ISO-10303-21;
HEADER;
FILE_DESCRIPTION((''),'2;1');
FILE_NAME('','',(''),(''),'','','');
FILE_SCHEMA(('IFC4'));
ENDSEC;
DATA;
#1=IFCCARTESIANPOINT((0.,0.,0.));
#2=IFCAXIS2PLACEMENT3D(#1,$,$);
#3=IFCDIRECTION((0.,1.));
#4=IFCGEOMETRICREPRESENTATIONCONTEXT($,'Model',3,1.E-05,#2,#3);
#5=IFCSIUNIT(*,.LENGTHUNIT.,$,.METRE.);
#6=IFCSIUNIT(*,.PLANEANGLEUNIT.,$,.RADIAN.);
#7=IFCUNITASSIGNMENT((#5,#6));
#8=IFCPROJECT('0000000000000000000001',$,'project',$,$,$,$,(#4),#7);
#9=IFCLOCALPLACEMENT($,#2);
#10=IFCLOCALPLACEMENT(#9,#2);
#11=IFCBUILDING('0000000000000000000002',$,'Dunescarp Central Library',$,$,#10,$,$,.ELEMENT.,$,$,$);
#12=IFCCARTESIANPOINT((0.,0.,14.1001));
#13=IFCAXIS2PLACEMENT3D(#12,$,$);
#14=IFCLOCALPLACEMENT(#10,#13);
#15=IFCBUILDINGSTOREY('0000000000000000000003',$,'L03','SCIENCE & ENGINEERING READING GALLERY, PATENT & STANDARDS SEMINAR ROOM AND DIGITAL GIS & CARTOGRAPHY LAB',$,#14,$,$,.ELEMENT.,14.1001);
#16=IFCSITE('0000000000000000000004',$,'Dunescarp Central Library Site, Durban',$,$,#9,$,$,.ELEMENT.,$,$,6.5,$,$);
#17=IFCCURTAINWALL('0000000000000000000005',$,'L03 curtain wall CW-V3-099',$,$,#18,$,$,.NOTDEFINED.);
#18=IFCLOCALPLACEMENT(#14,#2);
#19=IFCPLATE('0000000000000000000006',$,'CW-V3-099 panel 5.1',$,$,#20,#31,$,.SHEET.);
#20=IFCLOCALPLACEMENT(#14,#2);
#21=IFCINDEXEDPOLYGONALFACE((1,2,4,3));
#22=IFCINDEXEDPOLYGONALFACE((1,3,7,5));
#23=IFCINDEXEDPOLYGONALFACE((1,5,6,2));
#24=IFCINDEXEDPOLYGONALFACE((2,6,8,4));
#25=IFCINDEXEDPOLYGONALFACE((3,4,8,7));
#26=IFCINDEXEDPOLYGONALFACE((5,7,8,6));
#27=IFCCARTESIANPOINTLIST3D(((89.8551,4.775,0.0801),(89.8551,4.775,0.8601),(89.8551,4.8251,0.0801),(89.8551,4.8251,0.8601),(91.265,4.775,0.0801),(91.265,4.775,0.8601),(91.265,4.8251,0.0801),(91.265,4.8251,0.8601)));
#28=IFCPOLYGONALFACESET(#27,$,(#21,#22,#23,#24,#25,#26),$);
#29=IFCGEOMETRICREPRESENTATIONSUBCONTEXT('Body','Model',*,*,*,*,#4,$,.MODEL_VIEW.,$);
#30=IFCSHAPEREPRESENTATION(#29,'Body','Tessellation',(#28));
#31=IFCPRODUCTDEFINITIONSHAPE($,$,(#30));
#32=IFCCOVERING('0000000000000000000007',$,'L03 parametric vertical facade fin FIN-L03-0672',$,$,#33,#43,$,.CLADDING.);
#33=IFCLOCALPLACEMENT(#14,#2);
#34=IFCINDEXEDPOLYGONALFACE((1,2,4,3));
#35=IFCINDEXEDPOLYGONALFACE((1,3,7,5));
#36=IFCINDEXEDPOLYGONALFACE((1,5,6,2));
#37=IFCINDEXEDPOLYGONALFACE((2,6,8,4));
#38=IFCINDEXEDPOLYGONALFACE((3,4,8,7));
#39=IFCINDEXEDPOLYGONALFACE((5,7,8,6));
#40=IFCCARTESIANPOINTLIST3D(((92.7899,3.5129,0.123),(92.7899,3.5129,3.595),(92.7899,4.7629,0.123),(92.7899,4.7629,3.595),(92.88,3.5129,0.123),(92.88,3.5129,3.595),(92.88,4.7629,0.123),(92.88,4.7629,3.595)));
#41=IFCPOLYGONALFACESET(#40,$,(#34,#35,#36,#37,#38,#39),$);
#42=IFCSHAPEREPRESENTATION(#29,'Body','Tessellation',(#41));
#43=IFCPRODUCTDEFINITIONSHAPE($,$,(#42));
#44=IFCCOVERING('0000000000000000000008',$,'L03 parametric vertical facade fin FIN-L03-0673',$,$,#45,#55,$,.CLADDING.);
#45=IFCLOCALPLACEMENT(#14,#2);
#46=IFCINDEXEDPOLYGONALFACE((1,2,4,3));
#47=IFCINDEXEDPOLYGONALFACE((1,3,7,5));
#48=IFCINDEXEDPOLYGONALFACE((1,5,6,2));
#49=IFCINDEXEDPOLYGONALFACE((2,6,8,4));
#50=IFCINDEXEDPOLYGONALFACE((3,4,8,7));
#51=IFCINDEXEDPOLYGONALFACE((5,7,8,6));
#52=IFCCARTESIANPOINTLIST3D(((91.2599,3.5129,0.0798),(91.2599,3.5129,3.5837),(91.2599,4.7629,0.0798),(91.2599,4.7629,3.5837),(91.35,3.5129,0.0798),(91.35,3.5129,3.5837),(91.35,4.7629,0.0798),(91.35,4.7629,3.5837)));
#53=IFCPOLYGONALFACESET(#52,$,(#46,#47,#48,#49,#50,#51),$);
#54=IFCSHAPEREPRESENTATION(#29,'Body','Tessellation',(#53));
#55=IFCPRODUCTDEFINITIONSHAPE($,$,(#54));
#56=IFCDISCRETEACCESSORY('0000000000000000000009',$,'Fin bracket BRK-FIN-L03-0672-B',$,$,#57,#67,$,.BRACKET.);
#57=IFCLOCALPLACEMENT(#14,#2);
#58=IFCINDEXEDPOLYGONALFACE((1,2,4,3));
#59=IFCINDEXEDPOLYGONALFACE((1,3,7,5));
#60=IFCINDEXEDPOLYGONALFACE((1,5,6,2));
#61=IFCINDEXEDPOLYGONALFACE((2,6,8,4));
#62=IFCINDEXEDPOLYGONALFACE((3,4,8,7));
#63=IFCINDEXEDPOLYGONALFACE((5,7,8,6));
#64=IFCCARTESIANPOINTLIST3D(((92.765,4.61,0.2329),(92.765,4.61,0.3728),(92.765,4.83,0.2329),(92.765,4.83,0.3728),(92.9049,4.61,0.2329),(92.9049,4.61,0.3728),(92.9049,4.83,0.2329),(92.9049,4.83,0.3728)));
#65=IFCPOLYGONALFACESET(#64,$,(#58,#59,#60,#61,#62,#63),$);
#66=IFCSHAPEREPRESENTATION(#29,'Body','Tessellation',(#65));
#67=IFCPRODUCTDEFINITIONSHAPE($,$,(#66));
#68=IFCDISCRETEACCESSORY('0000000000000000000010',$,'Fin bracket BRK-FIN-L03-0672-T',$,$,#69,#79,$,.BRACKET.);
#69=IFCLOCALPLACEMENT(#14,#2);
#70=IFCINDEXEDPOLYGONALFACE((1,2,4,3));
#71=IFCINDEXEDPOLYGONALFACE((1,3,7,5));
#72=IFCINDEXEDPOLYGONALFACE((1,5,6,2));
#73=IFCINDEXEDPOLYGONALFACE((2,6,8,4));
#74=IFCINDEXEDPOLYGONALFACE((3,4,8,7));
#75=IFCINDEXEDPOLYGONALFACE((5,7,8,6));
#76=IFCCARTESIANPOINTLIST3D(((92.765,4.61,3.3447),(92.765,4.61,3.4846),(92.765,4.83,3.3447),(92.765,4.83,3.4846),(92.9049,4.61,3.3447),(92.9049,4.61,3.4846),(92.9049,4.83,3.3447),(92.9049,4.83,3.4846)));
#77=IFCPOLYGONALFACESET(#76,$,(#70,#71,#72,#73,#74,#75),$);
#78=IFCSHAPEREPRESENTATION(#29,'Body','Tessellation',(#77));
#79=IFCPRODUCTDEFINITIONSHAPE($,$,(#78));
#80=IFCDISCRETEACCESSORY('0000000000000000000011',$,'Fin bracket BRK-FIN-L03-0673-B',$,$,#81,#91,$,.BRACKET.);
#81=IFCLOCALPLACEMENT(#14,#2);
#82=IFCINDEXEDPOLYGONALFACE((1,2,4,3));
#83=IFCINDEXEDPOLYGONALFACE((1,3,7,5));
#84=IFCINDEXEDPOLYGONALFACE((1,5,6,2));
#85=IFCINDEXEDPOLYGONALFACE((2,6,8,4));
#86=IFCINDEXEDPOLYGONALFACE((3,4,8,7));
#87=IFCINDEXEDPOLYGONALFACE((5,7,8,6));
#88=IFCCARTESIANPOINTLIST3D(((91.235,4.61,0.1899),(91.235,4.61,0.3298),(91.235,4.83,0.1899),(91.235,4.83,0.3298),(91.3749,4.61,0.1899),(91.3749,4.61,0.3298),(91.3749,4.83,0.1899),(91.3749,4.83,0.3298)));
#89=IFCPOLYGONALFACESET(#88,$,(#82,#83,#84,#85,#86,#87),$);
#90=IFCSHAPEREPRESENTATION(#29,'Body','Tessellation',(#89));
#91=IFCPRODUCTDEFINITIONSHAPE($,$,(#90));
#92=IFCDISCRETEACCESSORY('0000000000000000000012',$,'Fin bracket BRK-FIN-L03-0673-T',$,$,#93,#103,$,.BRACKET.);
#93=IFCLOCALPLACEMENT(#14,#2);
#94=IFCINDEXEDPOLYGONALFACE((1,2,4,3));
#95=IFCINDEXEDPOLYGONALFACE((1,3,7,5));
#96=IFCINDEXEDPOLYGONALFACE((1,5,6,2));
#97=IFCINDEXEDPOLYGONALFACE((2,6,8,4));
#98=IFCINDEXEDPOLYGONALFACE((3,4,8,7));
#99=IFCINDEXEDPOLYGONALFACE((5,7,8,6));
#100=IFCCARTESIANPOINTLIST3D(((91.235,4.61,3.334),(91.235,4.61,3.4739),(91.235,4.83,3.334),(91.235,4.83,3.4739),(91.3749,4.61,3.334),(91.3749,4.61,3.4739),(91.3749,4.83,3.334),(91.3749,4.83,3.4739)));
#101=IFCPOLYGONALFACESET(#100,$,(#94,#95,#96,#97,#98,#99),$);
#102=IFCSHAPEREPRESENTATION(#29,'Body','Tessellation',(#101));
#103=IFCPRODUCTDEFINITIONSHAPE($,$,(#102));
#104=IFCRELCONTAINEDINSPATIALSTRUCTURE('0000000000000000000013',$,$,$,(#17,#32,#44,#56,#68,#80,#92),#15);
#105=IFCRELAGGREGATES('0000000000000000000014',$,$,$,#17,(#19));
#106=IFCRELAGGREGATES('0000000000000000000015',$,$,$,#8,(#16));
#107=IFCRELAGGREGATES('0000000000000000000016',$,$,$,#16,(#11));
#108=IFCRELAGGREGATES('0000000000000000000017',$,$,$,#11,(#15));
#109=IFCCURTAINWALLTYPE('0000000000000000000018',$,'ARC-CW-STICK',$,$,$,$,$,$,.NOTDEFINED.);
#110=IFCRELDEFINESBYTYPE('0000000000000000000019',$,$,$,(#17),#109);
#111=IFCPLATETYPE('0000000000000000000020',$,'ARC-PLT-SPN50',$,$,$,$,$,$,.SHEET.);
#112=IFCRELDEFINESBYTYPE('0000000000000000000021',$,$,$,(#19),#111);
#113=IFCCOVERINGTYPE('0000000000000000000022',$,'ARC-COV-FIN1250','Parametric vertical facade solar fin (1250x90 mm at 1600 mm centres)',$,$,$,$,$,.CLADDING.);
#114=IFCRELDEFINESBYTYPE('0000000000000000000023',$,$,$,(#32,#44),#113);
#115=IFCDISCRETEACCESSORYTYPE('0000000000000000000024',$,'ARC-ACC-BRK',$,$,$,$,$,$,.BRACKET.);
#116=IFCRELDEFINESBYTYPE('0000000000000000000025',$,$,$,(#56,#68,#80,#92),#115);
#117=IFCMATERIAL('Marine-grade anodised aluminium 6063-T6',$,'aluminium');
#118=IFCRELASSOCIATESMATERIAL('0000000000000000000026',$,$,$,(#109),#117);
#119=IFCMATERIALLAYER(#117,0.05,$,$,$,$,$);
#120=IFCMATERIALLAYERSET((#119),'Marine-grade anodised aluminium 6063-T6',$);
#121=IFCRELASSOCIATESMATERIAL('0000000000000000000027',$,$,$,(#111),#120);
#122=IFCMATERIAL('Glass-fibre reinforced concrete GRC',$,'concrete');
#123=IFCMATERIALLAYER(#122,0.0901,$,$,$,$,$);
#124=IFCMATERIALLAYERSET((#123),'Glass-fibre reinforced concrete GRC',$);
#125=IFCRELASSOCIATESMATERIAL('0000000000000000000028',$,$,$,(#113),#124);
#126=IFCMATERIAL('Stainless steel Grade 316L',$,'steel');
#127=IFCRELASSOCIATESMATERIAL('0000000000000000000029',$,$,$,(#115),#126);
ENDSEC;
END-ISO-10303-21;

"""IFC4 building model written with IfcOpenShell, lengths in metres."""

from ifc_helpers import new_model, si_unit, direction, frame, origin, origin_2d, place, context, subcontext, project, spatial, rectangle, extrude, material, layer, layer_set, type_object, element, aggregate, save


model = new_model("IFC4")

# Units and contexts
model_context = context("Model", 3, precision=1e-05, world=origin(), true_north=direction((0.0, 1.0)))
body_context = subcontext(model_context, "Body", "Model", "MODEL_VIEW")
ifc_project = project(units=[si_unit("LENGTHUNIT", "METRE"), si_unit("PLANEANGLEUNIT", "RADIAN")], contexts=[model_context])

# Site, building, storey
site_placement = place(None, origin())
site = spatial("IfcSite", under=ifc_project, at=site_placement, Name="Dunescarp Central Library Site, Durban", CompositionType="ELEMENT", RefElevation=6.5)
building_placement = place(site_placement, origin())
building = spatial("IfcBuilding", under=site, at=building_placement, Name="Dunescarp Central Library", CompositionType="ELEMENT")
storey_placement = place(building_placement, frame((0.0, 0.0, 14.1001)))
storey = spatial("IfcBuildingStorey", under=building, at=storey_placement, Name="L03", Description="SCIENCE & ENGINEERING READING GALLERY, PATENT & STANDARDS SEMINAR ROOM AND DIGITAL GIS & CARTOGRAPHY LAB", CompositionType="ELEMENT", Elevation=14.1001)

# Curtain wall, plate
ifc_material_1 = material(Name="Marine-grade anodised aluminium 6063-T6", Category="aluminium")
curtain_wall_type = type_object("IfcCurtainWallType", Name="ARC-CW-STICK", PredefinedType="NOTDEFINED", material=ifc_material_1)
curtain_wall_placement = place(storey_placement, origin())
curtain_wall = element("IfcCurtainWall", 1, at=curtain_wall_placement, inside=storey, type_object=curtain_wall_type, Name="L03 curtain wall CW-V3-099", PredefinedType="NOTDEFINED")
ifc_layer_1 = layer(ifc_material_1, 0.05)
ifc_layer_set_1 = layer_set([ifc_layer_1], Name="Marine-grade anodised aluminium 6063-T6")
plate_type_1 = type_object("IfcPlateType", Name="ARC-PLT-SPN50", PredefinedType="SHEET", material=ifc_layer_set_1)
plate_1_placement = place(storey_placement, frame((90.5601, 4.8, 0.0801), z_axis=(0.0, 0.0, 1.0), x_axis=(-1.0, 0.0, 0.0)))
plate_1 = element("IfcPlate", 2, at=plate_1_placement, type_object=plate_type_1, Name="CW-V3-099 panel 5.1", PredefinedType="SHEET", context=body_context, shape_type="SweptSolid", body=[
    extrude(rectangle(XDim=1.4099, YDim=0.05, at=origin_2d()), origin(), (0.0, 0.0, 1.0), 0.78),
])
aggregate(curtain_wall, [plate_1])

# Coverings
ifc_material_2 = material(Name="Glass-fibre reinforced concrete GRC", Category="concrete")
ifc_layer_2 = layer(ifc_material_2, 0.0901)
ifc_layer_set_2 = layer_set([ifc_layer_2], Name="Glass-fibre reinforced concrete GRC")
covering_type = type_object("IfcCoveringType", Name="ARC-COV-FIN1250", Description="Parametric vertical facade solar fin (1250x90 mm at 1600 mm centres)", PredefinedType="CLADDING", material=ifc_layer_set_2)
covering_1_placement = place(storey_placement, frame((92.835, 4.1379, 0.123), z_axis=(0.0, 0.0, 1.0), x_axis=(0.0, -1.0, 0.0)))
element("IfcCovering", 3, at=covering_1_placement, inside=storey, type_object=covering_type, Name="L03 parametric vertical facade fin FIN-L03-0672", PredefinedType="CLADDING", context=body_context, shape_type="SweptSolid", body=[
    extrude(rectangle(XDim=1.25, YDim=0.0901, at=origin_2d()), origin(), (0.0, 0.0, 1.0), 3.4719),
])
covering_2_placement = place(storey_placement, frame((91.3049, 4.1379, 0.0798), z_axis=(0.0, 0.0, 1.0), x_axis=(0.0, -1.0, 0.0)))
element("IfcCovering", 4, at=covering_2_placement, inside=storey, type_object=covering_type, Name="L03 parametric vertical facade fin FIN-L03-0673", PredefinedType="CLADDING", context=body_context, shape_type="SweptSolid", body=[
    extrude(rectangle(XDim=1.25, YDim=0.0901, at=origin_2d()), origin(), (0.0, 0.0, 1.0), 3.5039),
])

# Discrete accessories
ifc_material_3 = material(Name="Stainless steel Grade 316L", Category="steel")
discrete_accessory_type = type_object("IfcDiscreteAccessoryType", Name="ARC-ACC-BRK", PredefinedType="BRACKET", material=ifc_material_3)
for number, where, z_axis, x_axis, name in (
    (5, (92.835, 4.72, 0.2329), (0.0, 0.0, 1.0), (0.0, -1.0, 0.0), "Fin bracket BRK-FIN-L03-0672-B"),
    (6, (92.835, 4.72, 3.3447), (0.0, 0.0, 1.0), (0.0, -1.0, 0.0), "Fin bracket BRK-FIN-L03-0672-T"),
    (7, (91.3049, 4.72, 0.1899), (0.0, 0.0, 1.0), (0.0, -1.0, 0.0), "Fin bracket BRK-FIN-L03-0673-B"),
    (8, (91.3049, 4.72, 3.334), (0.0, 0.0, 1.0), (0.0, -1.0, 0.0), "Fin bracket BRK-FIN-L03-0673-T"),
):
    element("IfcDiscreteAccessory", number, at=place(storey_placement, frame(where, z_axis=z_axis, x_axis=x_axis)), inside=storey, type_object=discrete_accessory_type, Name=name, PredefinedType="BRACKET", context=body_context, shape_type="SweptSolid", body=[
        extrude(rectangle(XDim=0.22, YDim=0.1399, at=origin_2d()), origin(), (0.0, 0.0, 1.0), 0.1399),
    ])

save(model, "model.ifc")
